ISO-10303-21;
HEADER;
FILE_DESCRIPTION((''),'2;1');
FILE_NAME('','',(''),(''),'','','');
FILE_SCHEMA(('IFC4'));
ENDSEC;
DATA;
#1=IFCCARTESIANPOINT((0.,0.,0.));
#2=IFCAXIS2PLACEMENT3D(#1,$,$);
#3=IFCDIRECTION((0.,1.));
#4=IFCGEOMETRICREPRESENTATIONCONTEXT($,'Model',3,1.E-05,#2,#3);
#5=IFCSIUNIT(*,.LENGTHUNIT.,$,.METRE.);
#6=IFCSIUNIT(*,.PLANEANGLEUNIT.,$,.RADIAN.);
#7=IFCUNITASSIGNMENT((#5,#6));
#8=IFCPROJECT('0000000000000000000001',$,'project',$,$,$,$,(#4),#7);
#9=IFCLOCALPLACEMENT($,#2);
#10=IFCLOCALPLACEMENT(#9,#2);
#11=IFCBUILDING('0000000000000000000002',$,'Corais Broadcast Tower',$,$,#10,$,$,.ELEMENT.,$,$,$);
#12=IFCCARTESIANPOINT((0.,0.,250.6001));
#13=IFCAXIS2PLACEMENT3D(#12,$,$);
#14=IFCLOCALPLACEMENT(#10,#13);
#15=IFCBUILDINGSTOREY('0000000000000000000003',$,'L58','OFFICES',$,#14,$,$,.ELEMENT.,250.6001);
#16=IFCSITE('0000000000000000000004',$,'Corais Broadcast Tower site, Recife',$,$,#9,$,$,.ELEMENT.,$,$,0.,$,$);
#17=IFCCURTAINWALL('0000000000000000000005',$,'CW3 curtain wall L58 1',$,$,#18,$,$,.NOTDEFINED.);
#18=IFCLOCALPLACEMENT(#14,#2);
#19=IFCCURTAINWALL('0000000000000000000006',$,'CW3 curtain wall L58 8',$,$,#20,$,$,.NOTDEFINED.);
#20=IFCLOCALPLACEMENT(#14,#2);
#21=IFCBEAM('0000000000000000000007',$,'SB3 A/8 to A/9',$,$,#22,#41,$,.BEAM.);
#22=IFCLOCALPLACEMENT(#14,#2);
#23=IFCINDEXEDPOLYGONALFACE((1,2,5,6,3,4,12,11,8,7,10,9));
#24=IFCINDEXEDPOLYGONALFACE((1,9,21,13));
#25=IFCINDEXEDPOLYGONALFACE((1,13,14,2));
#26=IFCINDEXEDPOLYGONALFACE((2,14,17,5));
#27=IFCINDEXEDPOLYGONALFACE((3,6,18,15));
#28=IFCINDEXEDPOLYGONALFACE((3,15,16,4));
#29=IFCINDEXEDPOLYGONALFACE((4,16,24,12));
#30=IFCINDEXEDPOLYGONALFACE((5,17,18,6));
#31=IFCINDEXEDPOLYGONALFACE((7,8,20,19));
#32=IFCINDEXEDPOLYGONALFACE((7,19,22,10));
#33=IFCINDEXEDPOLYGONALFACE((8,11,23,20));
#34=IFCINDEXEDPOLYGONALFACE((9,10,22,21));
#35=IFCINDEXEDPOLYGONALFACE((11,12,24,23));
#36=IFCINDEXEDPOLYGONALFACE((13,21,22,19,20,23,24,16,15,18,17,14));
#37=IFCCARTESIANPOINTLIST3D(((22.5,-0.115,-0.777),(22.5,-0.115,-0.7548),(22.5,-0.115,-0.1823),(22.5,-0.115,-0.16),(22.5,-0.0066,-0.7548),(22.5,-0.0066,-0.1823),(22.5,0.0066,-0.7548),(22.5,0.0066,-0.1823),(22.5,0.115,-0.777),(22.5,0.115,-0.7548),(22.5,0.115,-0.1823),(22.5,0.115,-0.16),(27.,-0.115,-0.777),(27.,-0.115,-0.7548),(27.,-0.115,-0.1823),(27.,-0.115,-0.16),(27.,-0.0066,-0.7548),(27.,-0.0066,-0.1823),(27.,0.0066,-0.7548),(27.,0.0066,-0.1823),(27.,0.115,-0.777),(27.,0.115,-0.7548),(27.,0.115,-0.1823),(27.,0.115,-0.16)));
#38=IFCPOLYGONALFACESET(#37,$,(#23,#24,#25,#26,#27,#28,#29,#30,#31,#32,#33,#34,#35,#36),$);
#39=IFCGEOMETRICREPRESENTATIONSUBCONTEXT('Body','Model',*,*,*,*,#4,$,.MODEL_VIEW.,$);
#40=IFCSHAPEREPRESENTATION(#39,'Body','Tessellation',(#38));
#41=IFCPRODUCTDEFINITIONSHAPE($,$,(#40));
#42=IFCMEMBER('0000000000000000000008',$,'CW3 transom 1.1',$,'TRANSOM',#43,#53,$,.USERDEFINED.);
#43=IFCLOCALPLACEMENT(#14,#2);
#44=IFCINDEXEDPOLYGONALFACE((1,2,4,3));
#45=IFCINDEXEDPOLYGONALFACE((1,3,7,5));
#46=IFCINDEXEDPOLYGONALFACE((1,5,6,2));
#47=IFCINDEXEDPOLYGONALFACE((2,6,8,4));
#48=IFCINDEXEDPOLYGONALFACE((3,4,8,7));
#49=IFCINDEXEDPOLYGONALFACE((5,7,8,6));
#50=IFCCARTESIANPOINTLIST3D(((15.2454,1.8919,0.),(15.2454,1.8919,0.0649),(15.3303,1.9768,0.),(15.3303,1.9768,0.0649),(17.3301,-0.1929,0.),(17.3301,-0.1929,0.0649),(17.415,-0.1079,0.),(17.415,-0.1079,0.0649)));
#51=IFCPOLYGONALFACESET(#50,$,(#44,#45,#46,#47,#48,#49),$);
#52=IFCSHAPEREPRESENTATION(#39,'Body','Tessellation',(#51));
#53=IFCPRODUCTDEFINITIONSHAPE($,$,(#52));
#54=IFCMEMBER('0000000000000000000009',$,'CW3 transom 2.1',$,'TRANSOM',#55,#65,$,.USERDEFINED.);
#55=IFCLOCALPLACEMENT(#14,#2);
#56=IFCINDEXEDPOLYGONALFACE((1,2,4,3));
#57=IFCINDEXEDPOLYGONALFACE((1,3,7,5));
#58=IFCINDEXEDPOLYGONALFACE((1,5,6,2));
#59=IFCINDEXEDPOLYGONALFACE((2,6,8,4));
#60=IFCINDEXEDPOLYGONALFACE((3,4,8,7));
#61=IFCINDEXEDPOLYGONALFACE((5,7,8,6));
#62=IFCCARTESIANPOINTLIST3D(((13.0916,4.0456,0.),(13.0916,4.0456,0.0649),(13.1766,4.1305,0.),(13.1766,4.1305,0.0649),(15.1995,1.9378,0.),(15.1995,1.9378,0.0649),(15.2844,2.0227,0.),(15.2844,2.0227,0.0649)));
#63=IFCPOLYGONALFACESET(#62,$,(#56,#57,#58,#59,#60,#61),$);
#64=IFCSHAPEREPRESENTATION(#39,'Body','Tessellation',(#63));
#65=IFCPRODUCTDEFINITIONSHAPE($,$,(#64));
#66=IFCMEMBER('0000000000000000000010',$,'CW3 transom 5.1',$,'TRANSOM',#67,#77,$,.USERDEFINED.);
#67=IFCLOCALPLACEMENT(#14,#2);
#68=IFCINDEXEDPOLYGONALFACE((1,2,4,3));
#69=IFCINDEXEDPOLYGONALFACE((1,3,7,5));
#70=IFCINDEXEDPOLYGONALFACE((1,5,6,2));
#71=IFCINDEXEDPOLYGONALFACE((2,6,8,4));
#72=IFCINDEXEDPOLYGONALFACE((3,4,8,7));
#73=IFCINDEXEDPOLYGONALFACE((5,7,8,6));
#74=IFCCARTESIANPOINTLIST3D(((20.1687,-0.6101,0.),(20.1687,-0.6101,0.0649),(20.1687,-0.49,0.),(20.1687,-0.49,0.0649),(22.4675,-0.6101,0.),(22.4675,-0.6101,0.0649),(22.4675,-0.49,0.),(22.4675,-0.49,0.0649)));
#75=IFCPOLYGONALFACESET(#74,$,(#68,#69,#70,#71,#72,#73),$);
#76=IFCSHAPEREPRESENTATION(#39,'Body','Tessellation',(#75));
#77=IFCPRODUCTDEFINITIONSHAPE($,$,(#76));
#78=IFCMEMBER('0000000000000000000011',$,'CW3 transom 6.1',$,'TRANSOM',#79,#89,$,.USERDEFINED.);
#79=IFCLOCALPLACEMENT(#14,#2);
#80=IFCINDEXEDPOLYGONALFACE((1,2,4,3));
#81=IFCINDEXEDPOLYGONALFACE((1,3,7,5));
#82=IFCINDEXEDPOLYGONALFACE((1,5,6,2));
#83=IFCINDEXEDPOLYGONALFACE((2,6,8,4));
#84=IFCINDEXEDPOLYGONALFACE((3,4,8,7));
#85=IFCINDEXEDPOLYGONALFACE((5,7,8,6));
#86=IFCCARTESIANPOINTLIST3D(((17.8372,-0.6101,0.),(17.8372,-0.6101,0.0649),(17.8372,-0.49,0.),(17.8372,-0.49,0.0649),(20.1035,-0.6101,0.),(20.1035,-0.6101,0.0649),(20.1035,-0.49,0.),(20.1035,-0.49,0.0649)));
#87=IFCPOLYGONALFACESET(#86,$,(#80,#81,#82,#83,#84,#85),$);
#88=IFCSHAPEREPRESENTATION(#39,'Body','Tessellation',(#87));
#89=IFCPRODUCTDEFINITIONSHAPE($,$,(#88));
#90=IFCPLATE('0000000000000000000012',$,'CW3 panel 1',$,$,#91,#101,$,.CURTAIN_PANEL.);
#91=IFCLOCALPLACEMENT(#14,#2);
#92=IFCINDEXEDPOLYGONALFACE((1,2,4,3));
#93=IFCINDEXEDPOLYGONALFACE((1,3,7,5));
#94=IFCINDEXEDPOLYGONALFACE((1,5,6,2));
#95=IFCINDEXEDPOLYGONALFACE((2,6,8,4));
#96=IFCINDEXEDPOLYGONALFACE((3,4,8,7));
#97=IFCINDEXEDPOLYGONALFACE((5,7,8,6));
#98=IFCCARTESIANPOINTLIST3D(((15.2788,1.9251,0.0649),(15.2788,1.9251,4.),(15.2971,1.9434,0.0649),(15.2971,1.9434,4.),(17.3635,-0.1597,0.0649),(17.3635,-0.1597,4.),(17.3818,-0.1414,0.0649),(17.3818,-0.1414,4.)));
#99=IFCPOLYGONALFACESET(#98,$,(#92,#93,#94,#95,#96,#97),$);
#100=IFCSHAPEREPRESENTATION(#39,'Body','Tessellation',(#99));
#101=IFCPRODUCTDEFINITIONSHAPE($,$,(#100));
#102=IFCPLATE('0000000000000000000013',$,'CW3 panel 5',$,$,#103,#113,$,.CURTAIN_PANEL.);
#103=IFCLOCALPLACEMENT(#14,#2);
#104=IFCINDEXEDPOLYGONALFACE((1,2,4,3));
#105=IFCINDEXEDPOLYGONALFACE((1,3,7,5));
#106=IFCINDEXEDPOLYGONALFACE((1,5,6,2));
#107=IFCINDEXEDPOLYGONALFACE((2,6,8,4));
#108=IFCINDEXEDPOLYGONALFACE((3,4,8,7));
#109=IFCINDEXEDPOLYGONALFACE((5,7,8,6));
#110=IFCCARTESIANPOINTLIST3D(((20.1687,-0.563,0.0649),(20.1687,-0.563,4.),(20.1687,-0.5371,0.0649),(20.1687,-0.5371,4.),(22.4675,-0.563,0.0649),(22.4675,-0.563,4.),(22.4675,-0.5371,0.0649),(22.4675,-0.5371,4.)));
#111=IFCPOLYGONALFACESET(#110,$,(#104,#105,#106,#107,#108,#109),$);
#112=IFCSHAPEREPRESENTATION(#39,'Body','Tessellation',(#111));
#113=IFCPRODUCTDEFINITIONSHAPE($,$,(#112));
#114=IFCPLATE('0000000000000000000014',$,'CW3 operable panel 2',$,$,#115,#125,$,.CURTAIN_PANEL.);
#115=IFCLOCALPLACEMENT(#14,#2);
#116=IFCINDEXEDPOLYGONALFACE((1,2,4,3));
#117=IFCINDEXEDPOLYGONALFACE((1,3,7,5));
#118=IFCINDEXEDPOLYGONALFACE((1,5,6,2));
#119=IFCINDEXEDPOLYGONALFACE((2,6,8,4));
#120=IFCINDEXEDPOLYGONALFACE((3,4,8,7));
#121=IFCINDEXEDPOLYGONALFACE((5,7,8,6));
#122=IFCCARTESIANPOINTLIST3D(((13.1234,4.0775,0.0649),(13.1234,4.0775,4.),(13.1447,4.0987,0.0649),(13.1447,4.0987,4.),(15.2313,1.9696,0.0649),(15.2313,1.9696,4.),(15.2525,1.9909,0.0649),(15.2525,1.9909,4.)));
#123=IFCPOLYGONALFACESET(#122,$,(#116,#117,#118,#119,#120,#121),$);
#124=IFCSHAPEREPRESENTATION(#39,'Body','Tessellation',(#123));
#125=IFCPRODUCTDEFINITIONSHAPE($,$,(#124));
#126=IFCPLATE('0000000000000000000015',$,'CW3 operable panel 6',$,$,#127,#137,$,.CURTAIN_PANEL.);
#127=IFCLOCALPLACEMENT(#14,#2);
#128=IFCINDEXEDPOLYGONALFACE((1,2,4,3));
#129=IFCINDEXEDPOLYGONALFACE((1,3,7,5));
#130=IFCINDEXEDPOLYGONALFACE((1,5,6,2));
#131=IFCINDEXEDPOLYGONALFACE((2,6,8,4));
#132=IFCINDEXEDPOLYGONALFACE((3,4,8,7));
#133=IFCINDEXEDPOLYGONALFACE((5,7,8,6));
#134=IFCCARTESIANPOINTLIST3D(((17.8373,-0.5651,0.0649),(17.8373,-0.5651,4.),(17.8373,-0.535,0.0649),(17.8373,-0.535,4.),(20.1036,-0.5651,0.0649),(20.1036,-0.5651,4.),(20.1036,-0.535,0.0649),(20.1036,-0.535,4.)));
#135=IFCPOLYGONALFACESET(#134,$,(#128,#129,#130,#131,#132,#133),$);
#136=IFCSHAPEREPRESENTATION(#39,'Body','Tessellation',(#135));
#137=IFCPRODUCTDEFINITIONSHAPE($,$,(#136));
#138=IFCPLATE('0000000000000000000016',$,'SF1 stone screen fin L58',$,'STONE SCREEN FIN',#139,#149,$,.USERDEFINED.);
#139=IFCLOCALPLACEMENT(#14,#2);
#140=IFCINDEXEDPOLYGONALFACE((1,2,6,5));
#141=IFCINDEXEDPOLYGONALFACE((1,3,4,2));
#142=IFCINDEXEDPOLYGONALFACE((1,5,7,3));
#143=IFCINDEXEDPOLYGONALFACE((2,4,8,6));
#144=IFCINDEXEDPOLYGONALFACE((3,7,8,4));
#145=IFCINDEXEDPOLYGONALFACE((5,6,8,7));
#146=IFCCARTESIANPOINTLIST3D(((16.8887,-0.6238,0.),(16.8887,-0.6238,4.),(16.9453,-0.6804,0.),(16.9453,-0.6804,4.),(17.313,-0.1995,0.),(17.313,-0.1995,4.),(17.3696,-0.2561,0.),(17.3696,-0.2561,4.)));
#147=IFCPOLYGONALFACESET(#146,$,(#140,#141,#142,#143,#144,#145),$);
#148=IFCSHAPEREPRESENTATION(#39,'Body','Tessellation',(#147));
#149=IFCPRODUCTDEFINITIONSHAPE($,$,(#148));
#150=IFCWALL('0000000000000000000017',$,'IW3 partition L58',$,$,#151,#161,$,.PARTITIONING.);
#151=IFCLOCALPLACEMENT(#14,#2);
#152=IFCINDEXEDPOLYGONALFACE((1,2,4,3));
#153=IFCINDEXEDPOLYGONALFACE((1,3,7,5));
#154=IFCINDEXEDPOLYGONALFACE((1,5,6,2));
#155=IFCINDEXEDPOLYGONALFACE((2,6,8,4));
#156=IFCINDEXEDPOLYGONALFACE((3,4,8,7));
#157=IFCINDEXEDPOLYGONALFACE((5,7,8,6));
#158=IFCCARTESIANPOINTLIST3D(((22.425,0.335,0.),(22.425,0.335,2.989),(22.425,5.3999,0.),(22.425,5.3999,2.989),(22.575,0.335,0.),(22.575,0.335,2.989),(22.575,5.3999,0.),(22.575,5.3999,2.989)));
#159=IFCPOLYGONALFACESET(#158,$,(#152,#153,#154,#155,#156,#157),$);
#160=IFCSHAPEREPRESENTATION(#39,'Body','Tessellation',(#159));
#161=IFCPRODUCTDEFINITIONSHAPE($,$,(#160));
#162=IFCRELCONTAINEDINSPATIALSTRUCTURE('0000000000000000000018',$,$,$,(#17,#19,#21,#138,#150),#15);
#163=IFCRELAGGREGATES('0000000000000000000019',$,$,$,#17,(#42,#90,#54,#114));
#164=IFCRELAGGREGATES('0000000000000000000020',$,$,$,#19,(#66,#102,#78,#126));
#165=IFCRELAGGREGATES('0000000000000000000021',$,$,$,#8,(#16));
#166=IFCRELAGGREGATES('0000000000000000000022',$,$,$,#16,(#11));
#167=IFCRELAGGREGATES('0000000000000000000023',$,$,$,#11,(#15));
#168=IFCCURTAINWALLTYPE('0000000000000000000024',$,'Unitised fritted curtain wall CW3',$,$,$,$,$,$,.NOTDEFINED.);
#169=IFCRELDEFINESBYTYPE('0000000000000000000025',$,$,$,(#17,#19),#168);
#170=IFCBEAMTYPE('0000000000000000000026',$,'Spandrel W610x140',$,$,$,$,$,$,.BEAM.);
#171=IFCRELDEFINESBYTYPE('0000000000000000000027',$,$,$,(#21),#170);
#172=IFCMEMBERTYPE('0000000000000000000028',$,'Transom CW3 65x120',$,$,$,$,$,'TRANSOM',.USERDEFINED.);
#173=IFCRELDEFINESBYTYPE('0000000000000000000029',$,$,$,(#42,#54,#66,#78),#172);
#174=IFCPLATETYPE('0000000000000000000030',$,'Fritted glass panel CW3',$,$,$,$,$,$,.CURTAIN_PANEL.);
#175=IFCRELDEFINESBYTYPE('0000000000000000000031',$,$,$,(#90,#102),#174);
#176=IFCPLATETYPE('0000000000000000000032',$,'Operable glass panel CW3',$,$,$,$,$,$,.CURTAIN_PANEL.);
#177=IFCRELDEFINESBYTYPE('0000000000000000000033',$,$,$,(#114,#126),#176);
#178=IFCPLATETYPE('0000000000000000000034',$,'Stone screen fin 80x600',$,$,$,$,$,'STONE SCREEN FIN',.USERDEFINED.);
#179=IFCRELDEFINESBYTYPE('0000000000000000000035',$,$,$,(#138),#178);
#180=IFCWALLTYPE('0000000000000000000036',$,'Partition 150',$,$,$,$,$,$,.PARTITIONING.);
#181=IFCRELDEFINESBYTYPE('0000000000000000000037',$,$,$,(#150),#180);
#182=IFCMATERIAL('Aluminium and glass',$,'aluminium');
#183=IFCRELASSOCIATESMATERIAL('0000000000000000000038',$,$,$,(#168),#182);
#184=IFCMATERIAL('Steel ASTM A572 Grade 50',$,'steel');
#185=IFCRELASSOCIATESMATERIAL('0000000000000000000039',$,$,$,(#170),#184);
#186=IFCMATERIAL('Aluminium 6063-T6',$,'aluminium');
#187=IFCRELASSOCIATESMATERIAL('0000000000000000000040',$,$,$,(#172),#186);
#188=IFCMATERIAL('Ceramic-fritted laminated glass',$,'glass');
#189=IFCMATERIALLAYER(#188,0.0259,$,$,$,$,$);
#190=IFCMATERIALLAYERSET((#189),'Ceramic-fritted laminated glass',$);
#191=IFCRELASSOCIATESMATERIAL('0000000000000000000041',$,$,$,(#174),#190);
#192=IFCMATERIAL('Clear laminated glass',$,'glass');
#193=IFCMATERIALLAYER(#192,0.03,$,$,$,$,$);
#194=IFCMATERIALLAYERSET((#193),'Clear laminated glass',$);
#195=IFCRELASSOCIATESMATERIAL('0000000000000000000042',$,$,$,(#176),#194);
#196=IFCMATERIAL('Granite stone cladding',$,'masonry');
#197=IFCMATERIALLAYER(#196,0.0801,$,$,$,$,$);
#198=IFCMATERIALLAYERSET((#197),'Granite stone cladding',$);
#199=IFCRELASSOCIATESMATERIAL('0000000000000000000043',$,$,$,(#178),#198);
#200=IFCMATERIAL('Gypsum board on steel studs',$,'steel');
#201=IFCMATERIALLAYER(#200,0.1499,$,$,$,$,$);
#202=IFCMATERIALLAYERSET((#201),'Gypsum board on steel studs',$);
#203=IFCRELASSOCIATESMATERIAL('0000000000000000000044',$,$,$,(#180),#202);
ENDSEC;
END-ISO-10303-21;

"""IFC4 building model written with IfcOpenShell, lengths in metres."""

from ifc_helpers import new_model, si_unit, direction, frame, frame_2d, origin, origin_2d, place, context, subcontext, project, spatial, rectangle, i_section, extrude, material, layer, layer_set, material_profile, profile_set, type_object, element, aggregate, save


model = new_model("IFC4")

# Units and contexts
model_context = context("Model", 3, precision=1e-05, world=origin(), true_north=direction((0.0, 1.0)))
body_context = subcontext(model_context, "Body", "Model", "MODEL_VIEW")
ifc_project = project(units=[si_unit("LENGTHUNIT", "METRE"), si_unit("PLANEANGLEUNIT", "RADIAN")], contexts=[model_context])

# Site, building, storey
site_placement = place(None, origin())
site = spatial("IfcSite", under=ifc_project, at=site_placement, Name="Corais Broadcast Tower site, Recife", CompositionType="ELEMENT", RefElevation=0.0)
building_placement = place(site_placement, origin())
building = spatial("IfcBuilding", under=site, at=building_placement, Name="Corais Broadcast Tower", CompositionType="ELEMENT")
storey_placement = place(building_placement, frame((0.0, 0.0, 250.6001)))
storey = spatial("IfcBuildingStorey", under=building, at=storey_placement, Name="L58", Description="OFFICES", CompositionType="ELEMENT", Elevation=250.6001)

# Curtain walls
ifc_material_1 = material(Name="Aluminium and glass", Category="aluminium")
curtain_wall_type = type_object("IfcCurtainWallType", Name="Unitised fritted curtain wall CW3", PredefinedType="NOTDEFINED", material=ifc_material_1)
curtain_wall_1_placement = place(storey_placement, origin())
curtain_wall_1 = element("IfcCurtainWall", 1, at=curtain_wall_1_placement, inside=storey, type_object=curtain_wall_type, Name="CW3 curtain wall L58 1", PredefinedType="NOTDEFINED")
curtain_wall_2_placement = place(storey_placement, origin())
curtain_wall_2 = element("IfcCurtainWall", 2, at=curtain_wall_2_placement, inside=storey, type_object=curtain_wall_type, Name="CW3 curtain wall L58 8", PredefinedType="NOTDEFINED")

# Beam
ifc_material_2 = material(Name="Steel ASTM A572 Grade 50", Category="steel")
ifc_material_profile_1 = material_profile(ifc_material_2, i_section(OverallWidth=0.23, OverallDepth=0.6169, WebThickness=0.0132, FlangeThickness=0.0222, at=origin_2d()), Name="W610x140")
ifc_profile_set_1 = profile_set([ifc_material_profile_1], Name="Steel ASTM A572 Grade 50")
beam_type_1 = type_object("IfcBeamType", Name="Spandrel W610x140", PredefinedType="BEAM", material=ifc_profile_set_1)
for number, where, z_axis, x_axis, name in (
    (3, (22.5, 0.0, -0.4685), (1.0, 0.0, 0.0), (0.0, 1.0, 0.0), "SB3 A/8 to A/9"),
):
    element("IfcBeam", number, at=place(storey_placement, frame(where, z_axis=z_axis, x_axis=x_axis)), inside=storey, type_object=beam_type_1, Name=name, PredefinedType="BEAM", context=body_context, shape_type="SweptSolid", body=[
        extrude(i_section(OverallWidth=0.23, OverallDepth=0.6169, WebThickness=0.0132, FlangeThickness=0.0222, at=origin_2d()), origin(), (0.0, 0.0, 1.0), 4.5),
    ])

# Members
ifc_material_3 = material(Name="Aluminium 6063-T6", Category="aluminium")
ifc_material_profile_2 = material_profile(ifc_material_3, rectangle(XDim=0.1201, YDim=0.0649, at=origin_2d()), Name="Transom CW3 65x120")
ifc_profile_set_2 = profile_set([ifc_material_profile_2], Name="Aluminium 6063-T6")
member_type_1 = type_object("IfcMemberType", Name="Transom CW3 65x120", ElementType="TRANSOM", PredefinedType="USERDEFINED", material=ifc_profile_set_2)
member_1_placement = place(storey_placement, frame((17.3726, -0.1504, 0.0325), z_axis=(-0.707107, 0.707107, 0.0), x_axis=(-0.707107, -0.707107, 0.0)))
member_1 = element("IfcMember", 4, at=member_1_placement, type_object=member_type_1, Name="CW3 transom 1.1", ObjectType="TRANSOM", PredefinedType="USERDEFINED", context=body_context, shape_type="SweptSolid", body=[
    extrude(rectangle(XDim=0.1201, YDim=0.0649, at=origin_2d()), origin(), (0.0, 0.0, 1.0), 2.9482),
])
member_2_placement = place(storey_placement, frame((15.2419, 1.9802, 0.0325), z_axis=(-0.707107, 0.707107, 0.0), x_axis=(-0.707107, -0.707107, 0.0)))
member_2 = element("IfcMember", 5, at=member_2_placement, type_object=member_type_1, Name="CW3 transom 2.1", ObjectType="TRANSOM", PredefinedType="USERDEFINED", context=body_context, shape_type="SweptSolid", body=[
    extrude(rectangle(XDim=0.1201, YDim=0.0649, at=origin_2d()), origin(), (0.0, 0.0, 1.0), 2.981),
])
member_3_placement = place(storey_placement, frame((22.4675, -0.55, 0.0325), z_axis=(-1.0, 0.0, 0.0), x_axis=(0.0, -1.0, 0.0)))
member_3 = element("IfcMember", 6, at=member_3_placement, type_object=member_type_1, Name="CW3 transom 5.1", ObjectType="TRANSOM", PredefinedType="USERDEFINED", context=body_context, shape_type="SweptSolid", body=[
    extrude(rectangle(XDim=0.1201, YDim=0.0649, at=origin_2d()), origin(), (0.0, 0.0, 1.0), 2.2988),
])
member_4_placement = place(storey_placement, frame((20.1035, -0.55, 0.0325), z_axis=(-1.0, 0.0, 0.0), x_axis=(0.0, -1.0, 0.0)))
member_4 = element("IfcMember", 7, at=member_4_placement, type_object=member_type_1, Name="CW3 transom 6.1", ObjectType="TRANSOM", PredefinedType="USERDEFINED", context=body_context, shape_type="SweptSolid", body=[
    extrude(rectangle(XDim=0.1201, YDim=0.0649, at=origin_2d()), origin(), (0.0, 0.0, 1.0), 2.2664),
])

# Plates
ifc_material_4 = material(Name="Ceramic-fritted laminated glass", Category="glass")
ifc_layer_1 = layer(ifc_material_4, 0.0259)
ifc_layer_set_1 = layer_set([ifc_layer_1], Name="Ceramic-fritted laminated glass")
plate_type_1 = type_object("IfcPlateType", Name="Fritted glass panel CW3", PredefinedType="CURTAIN_PANEL", material=ifc_layer_set_1)
plate_1_placement = place(storey_placement, frame((16.3303, 0.8918, 0.0649), z_axis=(0.0, 0.0, 1.0), x_axis=(-0.707107, 0.707107, 0.0)))
plate_1 = element("IfcPlate", 8, at=plate_1_placement, type_object=plate_type_1, Name="CW3 panel 1", PredefinedType="CURTAIN_PANEL", context=body_context, shape_type="SweptSolid", body=[
    extrude(rectangle(XDim=2.9482, YDim=0.0259, at=origin_2d()), origin(), (0.0, 0.0, 1.0), 3.9351),
])
plate_2_placement = place(storey_placement, frame((21.3181, -0.55, 0.0649), z_axis=(0.0, 0.0, 1.0), x_axis=(-1.0, 0.0, 0.0)))
plate_2 = element("IfcPlate", 9, at=plate_2_placement, type_object=plate_type_1, Name="CW3 panel 5", PredefinedType="CURTAIN_PANEL", context=body_context, shape_type="SweptSolid", body=[
    extrude(rectangle(XDim=2.2988, YDim=0.0259, at=origin_2d()), origin(), (0.0, 0.0, 1.0), 3.9351),
])
ifc_material_5 = material(Name="Clear laminated glass", Category="glass")
ifc_layer_2 = layer(ifc_material_5, 0.03)
ifc_layer_set_2 = layer_set([ifc_layer_2], Name="Clear laminated glass")
plate_type_2 = type_object("IfcPlateType", Name="Operable glass panel CW3", PredefinedType="CURTAIN_PANEL", material=ifc_layer_set_2)
plate_3_placement = place(storey_placement, frame((14.188, 3.0342, 0.0649), z_axis=(0.0, 0.0, 1.0), x_axis=(-0.707107, 0.707107, 0.0)))
plate_3 = element("IfcPlate", 10, at=plate_3_placement, type_object=plate_type_2, Name="CW3 operable panel 2", PredefinedType="CURTAIN_PANEL", context=body_context, shape_type="SweptSolid", body=[
    extrude(rectangle(XDim=2.981, YDim=0.03, at=origin_2d()), origin(), (0.0, 0.0, 1.0), 3.9351),
])
aggregate(curtain_wall_1, [member_1, plate_1, member_2, plate_3])
plate_4_placement = place(storey_placement, frame((18.9705, -0.55, 0.0649), z_axis=(0.0, 0.0, 1.0), x_axis=(-1.0, 0.0, 0.0)))
plate_4 = element("IfcPlate", 11, at=plate_4_placement, type_object=plate_type_2, Name="CW3 operable panel 6", PredefinedType="CURTAIN_PANEL", context=body_context, shape_type="SweptSolid", body=[
    extrude(rectangle(XDim=2.2664, YDim=0.03, at=origin_2d()), origin(), (0.0, 0.0, 1.0), 3.9351),
])
aggregate(curtain_wall_2, [member_3, plate_2, member_4, plate_4])
ifc_material_6 = material(Name="Granite stone cladding", Category="masonry")
ifc_layer_3 = layer(ifc_material_6, 0.0801)
ifc_layer_set_3 = layer_set([ifc_layer_3], Name="Granite stone cladding")
plate_type_3 = type_object("IfcPlateType", Name="Stone screen fin 80x600", ElementType="STONE SCREEN FIN", PredefinedType="USERDEFINED", material=ifc_layer_set_3)
plate_5_placement = place(storey_placement, frame((17.1292, -0.4399, 0.0), z_axis=(0.0, 0.0, 1.0), x_axis=(-0.707107, 0.707107, 0.0)))
element("IfcPlate", 12, at=plate_5_placement, inside=storey, type_object=plate_type_3, Name="SF1 stone screen fin L58", ObjectType="STONE SCREEN FIN", PredefinedType="USERDEFINED", context=body_context, shape_type="SweptSolid", body=[
    extrude(rectangle(XDim=0.0801, YDim=0.6001, at=origin_2d()), origin(), (0.0, 0.0, 1.0), 4.0),
])

# Wall
ifc_material_7 = material(Name="Gypsum board on steel studs", Category="steel")
ifc_layer_4 = layer(ifc_material_7, 0.1499)
ifc_layer_set_4 = layer_set([ifc_layer_4], Name="Gypsum board on steel studs")
wall_type = type_object("IfcWallType", Name="Partition 150", PredefinedType="PARTITIONING", material=ifc_layer_set_4)
wall_1_placement = place(storey_placement, frame((22.5, 0.335, 0.0), z_axis=(0.0, 0.0, 1.0), x_axis=(0.0, 1.0, 0.0)))
element("IfcWall", 13, at=wall_1_placement, inside=storey, type_object=wall_type, Name="IW3 partition L58", PredefinedType="PARTITIONING", context=body_context, shape_type="SweptSolid", body=[
    extrude(rectangle(XDim=5.0649, YDim=0.1499, at=frame_2d((2.5325, 0.0))), origin(), (0.0, 0.0, 1.0), 2.989),
])

save(model, "model.ifc")
